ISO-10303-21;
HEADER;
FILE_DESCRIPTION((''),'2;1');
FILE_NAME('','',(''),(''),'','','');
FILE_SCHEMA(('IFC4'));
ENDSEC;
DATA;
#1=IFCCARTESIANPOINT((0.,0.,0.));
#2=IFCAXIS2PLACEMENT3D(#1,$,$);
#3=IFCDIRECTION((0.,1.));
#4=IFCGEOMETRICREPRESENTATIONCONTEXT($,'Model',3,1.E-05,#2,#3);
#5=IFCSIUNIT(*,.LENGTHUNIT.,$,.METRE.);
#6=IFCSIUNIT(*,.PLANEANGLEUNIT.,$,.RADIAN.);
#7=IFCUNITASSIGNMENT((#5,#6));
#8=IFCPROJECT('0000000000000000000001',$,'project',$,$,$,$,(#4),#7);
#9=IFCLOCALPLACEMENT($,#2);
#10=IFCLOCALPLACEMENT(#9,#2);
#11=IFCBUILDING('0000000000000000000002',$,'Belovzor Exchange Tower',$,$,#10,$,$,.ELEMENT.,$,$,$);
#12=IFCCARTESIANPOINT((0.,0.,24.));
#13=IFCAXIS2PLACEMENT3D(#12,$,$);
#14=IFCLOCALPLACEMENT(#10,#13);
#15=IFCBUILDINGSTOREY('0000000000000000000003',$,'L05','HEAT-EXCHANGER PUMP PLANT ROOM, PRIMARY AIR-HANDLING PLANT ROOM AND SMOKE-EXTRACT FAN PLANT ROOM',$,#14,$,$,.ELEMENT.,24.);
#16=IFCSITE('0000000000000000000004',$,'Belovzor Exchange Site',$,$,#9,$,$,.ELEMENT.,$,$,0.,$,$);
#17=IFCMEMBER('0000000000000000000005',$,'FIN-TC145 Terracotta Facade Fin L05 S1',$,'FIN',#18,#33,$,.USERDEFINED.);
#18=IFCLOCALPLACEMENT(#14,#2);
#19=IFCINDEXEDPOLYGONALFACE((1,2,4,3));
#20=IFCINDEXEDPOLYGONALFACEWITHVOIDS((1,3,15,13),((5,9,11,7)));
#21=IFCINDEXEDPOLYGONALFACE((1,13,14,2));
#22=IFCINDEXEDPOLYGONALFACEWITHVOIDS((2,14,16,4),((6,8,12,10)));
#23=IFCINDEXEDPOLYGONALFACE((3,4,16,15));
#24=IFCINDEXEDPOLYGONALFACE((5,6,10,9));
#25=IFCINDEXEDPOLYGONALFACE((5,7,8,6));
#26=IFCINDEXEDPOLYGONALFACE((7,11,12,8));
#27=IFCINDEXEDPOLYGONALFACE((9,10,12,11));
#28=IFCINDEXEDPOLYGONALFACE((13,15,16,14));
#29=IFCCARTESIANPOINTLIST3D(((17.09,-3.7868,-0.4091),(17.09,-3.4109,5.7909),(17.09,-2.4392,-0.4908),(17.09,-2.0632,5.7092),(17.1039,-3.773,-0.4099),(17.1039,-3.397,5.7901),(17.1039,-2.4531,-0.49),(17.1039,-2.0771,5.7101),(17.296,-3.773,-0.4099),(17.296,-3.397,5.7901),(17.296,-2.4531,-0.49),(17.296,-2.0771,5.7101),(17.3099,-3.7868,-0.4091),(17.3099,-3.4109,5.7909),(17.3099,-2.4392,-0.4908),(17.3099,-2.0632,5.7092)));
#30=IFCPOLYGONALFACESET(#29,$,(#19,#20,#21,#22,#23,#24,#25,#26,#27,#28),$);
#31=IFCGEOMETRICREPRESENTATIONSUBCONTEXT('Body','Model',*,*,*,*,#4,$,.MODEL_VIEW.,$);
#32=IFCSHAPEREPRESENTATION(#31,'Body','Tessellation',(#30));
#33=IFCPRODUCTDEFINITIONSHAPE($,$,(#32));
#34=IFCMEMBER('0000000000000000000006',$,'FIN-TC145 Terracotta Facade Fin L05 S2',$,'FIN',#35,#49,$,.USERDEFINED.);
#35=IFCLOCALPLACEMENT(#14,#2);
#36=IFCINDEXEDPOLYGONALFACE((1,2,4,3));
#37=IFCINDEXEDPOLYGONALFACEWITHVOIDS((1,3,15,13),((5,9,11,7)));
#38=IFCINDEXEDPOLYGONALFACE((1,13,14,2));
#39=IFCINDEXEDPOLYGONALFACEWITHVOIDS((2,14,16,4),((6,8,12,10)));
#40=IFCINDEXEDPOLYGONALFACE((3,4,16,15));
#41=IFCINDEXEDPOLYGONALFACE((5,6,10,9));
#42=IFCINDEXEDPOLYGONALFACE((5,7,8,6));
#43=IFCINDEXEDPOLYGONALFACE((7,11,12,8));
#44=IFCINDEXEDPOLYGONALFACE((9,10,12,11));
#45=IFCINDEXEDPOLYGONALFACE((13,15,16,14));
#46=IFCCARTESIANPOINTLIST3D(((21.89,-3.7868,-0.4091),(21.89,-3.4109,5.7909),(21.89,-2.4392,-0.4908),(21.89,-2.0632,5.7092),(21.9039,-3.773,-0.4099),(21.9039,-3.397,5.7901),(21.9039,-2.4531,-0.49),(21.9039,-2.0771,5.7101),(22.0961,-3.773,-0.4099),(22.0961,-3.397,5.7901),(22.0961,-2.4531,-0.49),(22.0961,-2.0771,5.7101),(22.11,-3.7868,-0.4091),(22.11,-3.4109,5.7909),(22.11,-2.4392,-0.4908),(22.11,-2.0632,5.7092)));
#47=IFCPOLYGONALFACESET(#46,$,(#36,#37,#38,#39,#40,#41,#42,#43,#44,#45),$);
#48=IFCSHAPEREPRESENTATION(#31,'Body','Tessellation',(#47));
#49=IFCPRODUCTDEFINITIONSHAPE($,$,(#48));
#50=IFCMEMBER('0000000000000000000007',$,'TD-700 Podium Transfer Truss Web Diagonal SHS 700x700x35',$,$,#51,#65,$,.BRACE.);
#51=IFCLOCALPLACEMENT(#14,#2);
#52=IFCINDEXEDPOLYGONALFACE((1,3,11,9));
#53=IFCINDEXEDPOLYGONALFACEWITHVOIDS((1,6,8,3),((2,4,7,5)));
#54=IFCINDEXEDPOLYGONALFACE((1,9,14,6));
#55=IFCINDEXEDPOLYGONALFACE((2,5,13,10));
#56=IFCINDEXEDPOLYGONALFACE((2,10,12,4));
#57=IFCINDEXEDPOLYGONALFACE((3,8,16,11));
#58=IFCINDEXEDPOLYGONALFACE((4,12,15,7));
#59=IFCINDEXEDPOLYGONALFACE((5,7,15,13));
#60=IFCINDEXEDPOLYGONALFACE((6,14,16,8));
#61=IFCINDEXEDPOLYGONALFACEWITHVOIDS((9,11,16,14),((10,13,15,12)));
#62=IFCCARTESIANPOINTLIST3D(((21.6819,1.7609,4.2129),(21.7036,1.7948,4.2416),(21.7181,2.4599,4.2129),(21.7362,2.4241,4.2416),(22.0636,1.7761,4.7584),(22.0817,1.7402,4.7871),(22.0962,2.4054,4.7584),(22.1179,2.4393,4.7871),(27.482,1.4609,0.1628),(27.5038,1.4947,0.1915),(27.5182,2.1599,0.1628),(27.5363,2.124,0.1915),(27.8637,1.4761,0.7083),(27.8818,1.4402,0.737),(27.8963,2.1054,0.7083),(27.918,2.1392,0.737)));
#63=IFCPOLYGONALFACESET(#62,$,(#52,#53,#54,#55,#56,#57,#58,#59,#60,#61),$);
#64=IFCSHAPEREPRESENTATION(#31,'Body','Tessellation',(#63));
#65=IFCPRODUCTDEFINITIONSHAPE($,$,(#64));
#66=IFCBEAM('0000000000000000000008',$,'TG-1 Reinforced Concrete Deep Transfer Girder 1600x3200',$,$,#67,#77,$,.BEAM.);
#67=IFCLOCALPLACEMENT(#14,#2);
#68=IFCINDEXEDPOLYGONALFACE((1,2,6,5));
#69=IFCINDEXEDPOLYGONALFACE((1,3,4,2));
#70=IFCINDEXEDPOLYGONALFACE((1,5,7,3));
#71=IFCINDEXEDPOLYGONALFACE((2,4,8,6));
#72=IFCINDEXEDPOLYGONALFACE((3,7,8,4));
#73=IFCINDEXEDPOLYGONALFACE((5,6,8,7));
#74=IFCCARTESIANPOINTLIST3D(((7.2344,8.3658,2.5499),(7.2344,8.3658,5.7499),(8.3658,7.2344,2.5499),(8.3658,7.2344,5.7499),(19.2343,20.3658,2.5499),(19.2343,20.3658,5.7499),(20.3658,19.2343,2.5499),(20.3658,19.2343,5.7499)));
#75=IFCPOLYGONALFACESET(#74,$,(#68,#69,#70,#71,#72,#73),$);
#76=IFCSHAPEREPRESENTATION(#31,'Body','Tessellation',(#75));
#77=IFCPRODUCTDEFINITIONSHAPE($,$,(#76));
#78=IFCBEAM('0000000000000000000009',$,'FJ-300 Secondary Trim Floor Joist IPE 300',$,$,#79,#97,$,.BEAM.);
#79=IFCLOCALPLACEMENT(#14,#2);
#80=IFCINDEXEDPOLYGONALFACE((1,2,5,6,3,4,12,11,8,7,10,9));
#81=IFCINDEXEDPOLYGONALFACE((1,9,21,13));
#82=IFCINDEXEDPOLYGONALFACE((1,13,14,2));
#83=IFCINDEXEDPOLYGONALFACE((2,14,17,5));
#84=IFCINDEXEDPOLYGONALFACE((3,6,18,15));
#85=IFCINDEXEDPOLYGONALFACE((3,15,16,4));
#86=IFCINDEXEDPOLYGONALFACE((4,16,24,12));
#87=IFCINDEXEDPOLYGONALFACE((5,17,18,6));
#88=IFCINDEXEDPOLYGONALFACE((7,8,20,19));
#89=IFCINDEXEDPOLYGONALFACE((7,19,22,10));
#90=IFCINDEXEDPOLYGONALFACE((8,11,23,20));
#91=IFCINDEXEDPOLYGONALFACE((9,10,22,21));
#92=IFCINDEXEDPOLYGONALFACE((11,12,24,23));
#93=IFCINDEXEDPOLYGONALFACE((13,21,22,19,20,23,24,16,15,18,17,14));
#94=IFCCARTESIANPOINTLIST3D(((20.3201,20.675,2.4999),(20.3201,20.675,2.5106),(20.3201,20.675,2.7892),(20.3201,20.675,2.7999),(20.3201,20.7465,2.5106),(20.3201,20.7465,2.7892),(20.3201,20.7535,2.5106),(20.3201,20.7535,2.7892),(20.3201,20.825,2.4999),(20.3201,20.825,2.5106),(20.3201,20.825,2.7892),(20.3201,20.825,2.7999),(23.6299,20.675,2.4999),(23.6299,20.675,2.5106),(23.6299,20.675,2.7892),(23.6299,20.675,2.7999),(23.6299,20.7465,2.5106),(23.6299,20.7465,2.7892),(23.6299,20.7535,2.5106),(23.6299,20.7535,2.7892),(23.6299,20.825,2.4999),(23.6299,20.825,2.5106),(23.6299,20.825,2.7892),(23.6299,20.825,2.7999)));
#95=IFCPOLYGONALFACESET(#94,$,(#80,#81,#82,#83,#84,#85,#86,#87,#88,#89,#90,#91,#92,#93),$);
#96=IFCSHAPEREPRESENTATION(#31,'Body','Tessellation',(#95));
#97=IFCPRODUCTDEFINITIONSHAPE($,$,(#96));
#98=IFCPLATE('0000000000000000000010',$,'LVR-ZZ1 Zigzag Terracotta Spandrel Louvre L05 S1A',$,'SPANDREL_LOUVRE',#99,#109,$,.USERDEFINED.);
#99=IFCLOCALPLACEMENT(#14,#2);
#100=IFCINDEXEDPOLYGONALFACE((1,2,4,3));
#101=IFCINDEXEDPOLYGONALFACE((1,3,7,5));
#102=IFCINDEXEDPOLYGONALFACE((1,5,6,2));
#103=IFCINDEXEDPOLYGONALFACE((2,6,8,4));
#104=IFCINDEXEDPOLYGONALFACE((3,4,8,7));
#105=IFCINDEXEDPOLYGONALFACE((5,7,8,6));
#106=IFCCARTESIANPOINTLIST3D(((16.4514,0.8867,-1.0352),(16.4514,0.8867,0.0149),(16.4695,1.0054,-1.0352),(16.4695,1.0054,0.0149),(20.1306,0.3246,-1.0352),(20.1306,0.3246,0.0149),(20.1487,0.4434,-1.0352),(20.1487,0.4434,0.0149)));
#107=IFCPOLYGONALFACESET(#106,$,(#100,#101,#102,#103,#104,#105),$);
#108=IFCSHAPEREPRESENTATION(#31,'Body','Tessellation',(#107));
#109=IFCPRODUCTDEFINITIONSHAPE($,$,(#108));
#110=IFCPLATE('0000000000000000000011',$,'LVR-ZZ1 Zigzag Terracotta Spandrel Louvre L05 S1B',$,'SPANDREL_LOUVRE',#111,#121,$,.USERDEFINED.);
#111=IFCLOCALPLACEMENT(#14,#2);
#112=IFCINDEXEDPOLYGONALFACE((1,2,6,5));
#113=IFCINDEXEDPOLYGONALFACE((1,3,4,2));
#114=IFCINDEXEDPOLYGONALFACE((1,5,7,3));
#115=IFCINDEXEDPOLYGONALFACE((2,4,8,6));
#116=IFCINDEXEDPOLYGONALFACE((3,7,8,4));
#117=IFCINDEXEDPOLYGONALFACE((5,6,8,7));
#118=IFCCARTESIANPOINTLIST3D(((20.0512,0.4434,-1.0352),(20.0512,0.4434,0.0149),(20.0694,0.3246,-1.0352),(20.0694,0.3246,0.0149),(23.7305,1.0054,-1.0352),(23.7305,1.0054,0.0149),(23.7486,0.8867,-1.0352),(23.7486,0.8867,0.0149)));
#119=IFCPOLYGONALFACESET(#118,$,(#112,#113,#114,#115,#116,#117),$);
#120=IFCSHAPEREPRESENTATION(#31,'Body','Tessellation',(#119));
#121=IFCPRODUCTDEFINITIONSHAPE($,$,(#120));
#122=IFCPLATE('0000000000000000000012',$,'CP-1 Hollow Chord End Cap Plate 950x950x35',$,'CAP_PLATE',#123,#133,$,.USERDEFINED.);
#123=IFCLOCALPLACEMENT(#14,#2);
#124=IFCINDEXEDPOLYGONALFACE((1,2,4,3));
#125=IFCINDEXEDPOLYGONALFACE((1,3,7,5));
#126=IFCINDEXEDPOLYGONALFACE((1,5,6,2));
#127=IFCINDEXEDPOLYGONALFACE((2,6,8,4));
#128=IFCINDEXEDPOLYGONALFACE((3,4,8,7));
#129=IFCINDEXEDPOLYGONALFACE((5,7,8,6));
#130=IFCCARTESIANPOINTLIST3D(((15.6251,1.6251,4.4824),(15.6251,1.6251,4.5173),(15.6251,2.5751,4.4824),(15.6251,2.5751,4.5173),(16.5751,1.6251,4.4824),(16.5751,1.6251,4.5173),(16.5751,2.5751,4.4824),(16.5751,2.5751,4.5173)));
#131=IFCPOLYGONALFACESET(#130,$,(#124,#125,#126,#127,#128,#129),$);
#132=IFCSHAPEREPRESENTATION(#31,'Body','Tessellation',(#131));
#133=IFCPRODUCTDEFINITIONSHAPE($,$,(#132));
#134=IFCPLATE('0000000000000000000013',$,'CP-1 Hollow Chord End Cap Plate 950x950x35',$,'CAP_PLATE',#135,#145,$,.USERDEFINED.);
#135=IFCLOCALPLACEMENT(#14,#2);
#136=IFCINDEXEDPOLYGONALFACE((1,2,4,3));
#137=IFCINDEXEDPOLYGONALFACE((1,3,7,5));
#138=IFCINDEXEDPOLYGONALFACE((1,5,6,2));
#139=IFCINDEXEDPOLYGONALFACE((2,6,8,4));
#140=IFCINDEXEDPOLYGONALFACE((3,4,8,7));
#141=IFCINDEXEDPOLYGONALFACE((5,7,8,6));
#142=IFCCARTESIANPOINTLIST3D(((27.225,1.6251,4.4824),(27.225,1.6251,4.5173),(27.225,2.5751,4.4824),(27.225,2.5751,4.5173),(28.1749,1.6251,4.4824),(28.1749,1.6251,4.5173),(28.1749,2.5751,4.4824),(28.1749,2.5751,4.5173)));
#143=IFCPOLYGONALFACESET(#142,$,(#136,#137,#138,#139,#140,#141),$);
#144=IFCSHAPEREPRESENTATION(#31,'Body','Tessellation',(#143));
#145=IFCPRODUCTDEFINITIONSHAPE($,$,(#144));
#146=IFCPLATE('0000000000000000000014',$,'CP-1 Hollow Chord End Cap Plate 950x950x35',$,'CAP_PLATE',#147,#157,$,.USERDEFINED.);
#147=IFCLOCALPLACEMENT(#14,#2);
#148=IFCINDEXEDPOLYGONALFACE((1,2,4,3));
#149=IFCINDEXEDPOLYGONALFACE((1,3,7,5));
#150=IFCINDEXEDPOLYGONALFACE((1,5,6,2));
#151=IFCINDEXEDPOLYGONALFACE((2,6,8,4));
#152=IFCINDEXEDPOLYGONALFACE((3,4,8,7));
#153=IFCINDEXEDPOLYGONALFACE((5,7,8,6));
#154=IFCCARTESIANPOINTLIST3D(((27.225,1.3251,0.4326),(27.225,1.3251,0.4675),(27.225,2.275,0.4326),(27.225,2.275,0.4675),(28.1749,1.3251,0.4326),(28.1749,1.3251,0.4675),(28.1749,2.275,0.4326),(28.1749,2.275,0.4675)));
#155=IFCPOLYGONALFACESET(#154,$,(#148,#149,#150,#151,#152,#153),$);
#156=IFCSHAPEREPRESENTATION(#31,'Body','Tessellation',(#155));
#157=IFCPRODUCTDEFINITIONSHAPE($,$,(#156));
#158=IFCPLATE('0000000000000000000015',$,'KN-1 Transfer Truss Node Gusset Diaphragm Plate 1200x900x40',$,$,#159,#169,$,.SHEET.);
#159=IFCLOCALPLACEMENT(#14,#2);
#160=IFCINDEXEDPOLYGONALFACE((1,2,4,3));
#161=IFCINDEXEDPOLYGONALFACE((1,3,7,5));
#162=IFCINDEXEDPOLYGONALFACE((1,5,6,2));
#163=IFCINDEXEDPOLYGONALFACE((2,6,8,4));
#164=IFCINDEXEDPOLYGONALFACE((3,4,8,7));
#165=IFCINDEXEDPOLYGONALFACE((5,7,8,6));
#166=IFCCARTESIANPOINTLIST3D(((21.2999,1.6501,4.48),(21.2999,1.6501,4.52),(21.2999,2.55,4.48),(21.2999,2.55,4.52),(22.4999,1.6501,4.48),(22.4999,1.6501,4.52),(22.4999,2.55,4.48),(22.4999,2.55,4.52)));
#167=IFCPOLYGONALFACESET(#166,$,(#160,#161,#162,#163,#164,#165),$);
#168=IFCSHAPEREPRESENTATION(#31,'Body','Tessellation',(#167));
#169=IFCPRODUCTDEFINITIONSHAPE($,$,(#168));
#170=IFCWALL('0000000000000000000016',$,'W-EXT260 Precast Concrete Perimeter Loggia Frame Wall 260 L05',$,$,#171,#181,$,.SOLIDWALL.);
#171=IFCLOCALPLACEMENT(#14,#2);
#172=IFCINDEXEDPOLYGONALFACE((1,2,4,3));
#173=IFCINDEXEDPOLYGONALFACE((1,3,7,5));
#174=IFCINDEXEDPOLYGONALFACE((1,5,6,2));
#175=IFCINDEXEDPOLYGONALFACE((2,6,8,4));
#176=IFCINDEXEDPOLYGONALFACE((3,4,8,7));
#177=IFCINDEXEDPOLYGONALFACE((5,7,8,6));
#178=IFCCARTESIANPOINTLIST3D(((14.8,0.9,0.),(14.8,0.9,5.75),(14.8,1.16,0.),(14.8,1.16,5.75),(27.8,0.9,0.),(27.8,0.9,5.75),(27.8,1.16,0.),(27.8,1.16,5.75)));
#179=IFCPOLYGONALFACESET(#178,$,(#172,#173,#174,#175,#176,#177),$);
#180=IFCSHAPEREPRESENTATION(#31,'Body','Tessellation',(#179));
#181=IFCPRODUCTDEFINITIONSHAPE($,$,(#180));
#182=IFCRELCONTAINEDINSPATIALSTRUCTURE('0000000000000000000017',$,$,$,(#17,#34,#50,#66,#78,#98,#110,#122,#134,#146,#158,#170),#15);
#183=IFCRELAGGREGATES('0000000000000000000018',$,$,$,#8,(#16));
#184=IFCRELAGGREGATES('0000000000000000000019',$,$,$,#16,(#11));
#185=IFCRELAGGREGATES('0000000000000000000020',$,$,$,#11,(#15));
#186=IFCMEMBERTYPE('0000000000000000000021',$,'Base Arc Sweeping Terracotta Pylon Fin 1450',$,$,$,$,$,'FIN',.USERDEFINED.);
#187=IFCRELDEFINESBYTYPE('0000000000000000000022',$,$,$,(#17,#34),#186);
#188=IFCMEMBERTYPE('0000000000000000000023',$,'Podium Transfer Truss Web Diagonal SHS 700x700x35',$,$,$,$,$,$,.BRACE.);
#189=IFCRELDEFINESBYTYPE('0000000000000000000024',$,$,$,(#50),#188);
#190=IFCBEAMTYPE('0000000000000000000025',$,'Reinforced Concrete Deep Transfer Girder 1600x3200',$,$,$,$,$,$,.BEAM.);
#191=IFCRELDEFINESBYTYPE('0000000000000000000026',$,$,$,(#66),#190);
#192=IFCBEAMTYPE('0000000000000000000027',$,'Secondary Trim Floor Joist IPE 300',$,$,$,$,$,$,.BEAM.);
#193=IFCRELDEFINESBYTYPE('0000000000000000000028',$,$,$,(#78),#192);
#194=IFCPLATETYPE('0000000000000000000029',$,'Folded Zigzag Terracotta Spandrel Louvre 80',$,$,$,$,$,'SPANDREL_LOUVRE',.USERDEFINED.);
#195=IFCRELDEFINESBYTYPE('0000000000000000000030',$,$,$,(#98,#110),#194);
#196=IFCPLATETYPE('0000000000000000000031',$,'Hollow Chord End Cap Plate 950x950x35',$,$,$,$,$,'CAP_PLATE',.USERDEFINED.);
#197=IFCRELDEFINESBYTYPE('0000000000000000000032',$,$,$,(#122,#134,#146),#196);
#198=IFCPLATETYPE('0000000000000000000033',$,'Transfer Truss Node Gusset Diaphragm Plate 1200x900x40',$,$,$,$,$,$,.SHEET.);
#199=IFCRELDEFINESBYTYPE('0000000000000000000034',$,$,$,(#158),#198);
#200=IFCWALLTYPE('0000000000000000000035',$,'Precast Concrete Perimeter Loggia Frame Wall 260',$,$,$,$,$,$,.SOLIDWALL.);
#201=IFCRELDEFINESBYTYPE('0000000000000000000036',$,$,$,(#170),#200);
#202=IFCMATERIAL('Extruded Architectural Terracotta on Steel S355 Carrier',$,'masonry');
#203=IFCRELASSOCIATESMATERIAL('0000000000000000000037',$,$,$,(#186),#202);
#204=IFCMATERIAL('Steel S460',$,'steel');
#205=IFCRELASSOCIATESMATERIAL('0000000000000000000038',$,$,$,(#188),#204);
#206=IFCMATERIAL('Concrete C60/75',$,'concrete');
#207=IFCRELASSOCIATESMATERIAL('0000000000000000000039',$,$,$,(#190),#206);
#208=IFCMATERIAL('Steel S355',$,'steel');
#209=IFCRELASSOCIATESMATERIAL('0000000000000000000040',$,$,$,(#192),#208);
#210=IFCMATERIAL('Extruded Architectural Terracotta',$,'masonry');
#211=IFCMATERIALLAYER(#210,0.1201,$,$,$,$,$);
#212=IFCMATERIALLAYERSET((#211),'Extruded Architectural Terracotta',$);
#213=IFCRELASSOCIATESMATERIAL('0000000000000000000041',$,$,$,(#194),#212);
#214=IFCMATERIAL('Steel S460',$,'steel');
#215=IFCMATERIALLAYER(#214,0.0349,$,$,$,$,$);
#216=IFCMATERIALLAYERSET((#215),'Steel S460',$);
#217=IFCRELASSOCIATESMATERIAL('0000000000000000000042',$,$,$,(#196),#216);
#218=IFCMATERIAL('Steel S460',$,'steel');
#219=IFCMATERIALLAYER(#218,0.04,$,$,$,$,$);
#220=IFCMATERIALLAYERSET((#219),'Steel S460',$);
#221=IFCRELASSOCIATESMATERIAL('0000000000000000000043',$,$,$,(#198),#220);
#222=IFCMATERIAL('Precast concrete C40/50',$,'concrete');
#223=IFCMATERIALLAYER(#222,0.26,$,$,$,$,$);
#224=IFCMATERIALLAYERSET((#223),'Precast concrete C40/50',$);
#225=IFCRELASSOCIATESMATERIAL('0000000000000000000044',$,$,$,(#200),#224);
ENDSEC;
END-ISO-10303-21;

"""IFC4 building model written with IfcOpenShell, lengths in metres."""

from ifc_helpers import new_model, si_unit, direction, frame, frame_2d, origin, origin_2d, place, context, subcontext, project, spatial, rectangle, hollow_rectangle, i_section, extrude, material, layer, layer_set, material_profile, profile_set, type_object, element, save


model = new_model("IFC4")

# Units and contexts
model_context = context("Model", 3, precision=1e-05, world=origin(), true_north=direction((0.0, 1.0)))
body_context = subcontext(model_context, "Body", "Model", "MODEL_VIEW")
ifc_project = project(units=[si_unit("LENGTHUNIT", "METRE"), si_unit("PLANEANGLEUNIT", "RADIAN")], contexts=[model_context])

# Site, building, storey
site_placement = place(None, origin())
site = spatial("IfcSite", under=ifc_project, at=site_placement, Name="Belovzor Exchange Site", CompositionType="ELEMENT", RefElevation=0.0)
building_placement = place(site_placement, origin())
building = spatial("IfcBuilding", under=site, at=building_placement, Name="Belovzor Exchange Tower", CompositionType="ELEMENT")
storey_placement = place(building_placement, frame((0.0, 0.0, 24.0)))
storey = spatial("IfcBuildingStorey", under=building, at=storey_placement, Name="L05", Description="HEAT-EXCHANGER PUMP PLANT ROOM, PRIMARY AIR-HANDLING PLANT ROOM AND SMOKE-EXTRACT FAN PLANT ROOM", CompositionType="ELEMENT", Elevation=24.0)

# Members
ifc_material_1 = material(Name="Extruded Architectural Terracotta on Steel S355 Carrier", Category="masonry")
ifc_material_profile_1 = material_profile(ifc_material_1, hollow_rectangle(XDim=0.22, YDim=1.3501, WallThickness=0.0139, at=origin_2d()))
ifc_profile_set_1 = profile_set([ifc_material_profile_1], Name="Extruded Architectural Terracotta on Steel S355 Carrier")
member_type_1 = type_object("IfcMemberType", Name="Base Arc Sweeping Terracotta Pylon Fin 1450", ElementType="FIN", PredefinedType="USERDEFINED", material=ifc_profile_set_1)
for number, where, z_axis, x_axis, name in (
    (1, (17.2, -3.113, -0.45), (0.0, 0.060531, 0.998166), (-1.0, 0.0, 0.0), "FIN-TC145 Terracotta Facade Fin L05 S1"),
    (2, (22.0, -3.113, -0.45), (0.0, 0.060531, 0.998166), (-1.0, 0.0, 0.0), "FIN-TC145 Terracotta Facade Fin L05 S2"),
):
    element("IfcMember", number, at=place(storey_placement, frame(where, z_axis=z_axis, x_axis=x_axis)), inside=storey, type_object=member_type_1, Name=name, ObjectType="FIN", PredefinedType="USERDEFINED", context=body_context, shape_type="SweptSolid", body=[
        extrude(hollow_rectangle(XDim=0.22, YDim=1.3501, WallThickness=0.0139, at=origin_2d()), origin(), (0.0, 0.0, 1.0), 6.2114),
    ])
ifc_material_2 = material(Name="Steel S460", Category="steel")
ifc_material_profile_2 = material_profile(ifc_material_2, hollow_rectangle(XDim=0.7, YDim=0.7, WallThickness=0.0349, at=origin_2d()))
ifc_profile_set_2 = profile_set([ifc_material_profile_2], Name="Steel S460")
member_type_2 = type_object("IfcMemberType", Name="Podium Transfer Truss Web Diagonal SHS 700x700x35", PredefinedType="BRACE", material=ifc_profile_set_2)
member_placement = place(storey_placement, frame((21.8999, 2.1001, 4.5), z_axis=(0.819158, -0.042377, -0.572), x_axis=(0.051663, 0.998665, 0.0)))
element("IfcMember", 3, at=member_placement, inside=storey, type_object=member_type_2, Name="TD-700 Podium Transfer Truss Web Diagonal SHS 700x700x35", PredefinedType="BRACE", context=body_context, shape_type="SweptSolid", body=[
    extrude(hollow_rectangle(XDim=0.7, YDim=0.7, WallThickness=0.0349, at=origin_2d()), origin(), (0.0, 0.0, 1.0), 7.0806),
])

# Beams
ifc_material_3 = material(Name="Concrete C60/75", Category="concrete")
ifc_material_profile_3 = material_profile(ifc_material_3, rectangle(XDim=1.6001, YDim=3.2, at=origin_2d()))
ifc_profile_set_3 = profile_set([ifc_material_profile_3], Name="Concrete C60/75")
beam_type_1 = type_object("IfcBeamType", Name="Reinforced Concrete Deep Transfer Girder 1600x3200", PredefinedType="BEAM", material=ifc_profile_set_3)
beam_1_placement = place(storey_placement, frame((19.8, 19.8, 4.1499), z_axis=(-0.707107, -0.707107, 0.0), x_axis=(0.707107, -0.707107, 0.0)))
element("IfcBeam", 4, at=beam_1_placement, inside=storey, type_object=beam_type_1, Name="TG-1 Reinforced Concrete Deep Transfer Girder 1600x3200", PredefinedType="BEAM", context=body_context, shape_type="SweptSolid", body=[
    extrude(rectangle(XDim=1.6001, YDim=3.2, at=origin_2d()), origin(), (0.0, 0.0, 1.0), 16.9705),
])
ifc_material_4 = material(Name="Steel S355", Category="steel")
ifc_material_profile_4 = material_profile(ifc_material_4, i_section(OverallWidth=0.1499, OverallDepth=0.3, WebThickness=0.0071, FlangeThickness=0.0107, at=origin_2d()))
ifc_profile_set_4 = profile_set([ifc_material_profile_4], Name="Steel S355")
beam_type_2 = type_object("IfcBeamType", Name="Secondary Trim Floor Joist IPE 300", PredefinedType="BEAM", material=ifc_profile_set_4)
beam_2_placement = place(storey_placement, frame((20.3201, 20.75, 2.6499), z_axis=(1.0, 0.0, 0.0), x_axis=(0.0, 1.0, 0.0)))
element("IfcBeam", 5, at=beam_2_placement, inside=storey, type_object=beam_type_2, Name="FJ-300 Secondary Trim Floor Joist IPE 300", PredefinedType="BEAM", context=body_context, shape_type="SweptSolid", body=[
    extrude(i_section(OverallWidth=0.1499, OverallDepth=0.3, WebThickness=0.0071, FlangeThickness=0.0107, at=origin_2d()), origin(), (0.0, 0.0, 1.0), 3.3098),
])

# Plates
ifc_material_5 = material(Name="Extruded Architectural Terracotta", Category="masonry")
ifc_layer_1 = layer(ifc_material_5, 0.1201)
ifc_layer_set_1 = layer_set([ifc_layer_1], Name="Extruded Architectural Terracotta")
plate_type_1 = type_object("IfcPlateType", Name="Folded Zigzag Terracotta Spandrel Louvre 80", ElementType="SPANDREL_LOUVRE", PredefinedType="USERDEFINED", material=ifc_layer_set_1)
for number, where, z_axis, x_axis, name in (
    (6, (18.3, 0.665, -1.0352), (0.0, 0.0, 1.0), (0.988531, -0.151019, 0.0), "LVR-ZZ1 Zigzag Terracotta Spandrel Louvre L05 S1A"),
    (7, (21.8999, 0.665, -1.0352), (0.0, 0.0, 1.0), (0.988531, 0.151019, 0.0), "LVR-ZZ1 Zigzag Terracotta Spandrel Louvre L05 S1B"),
):
    element("IfcPlate", number, at=place(storey_placement, frame(where, z_axis=z_axis, x_axis=x_axis)), inside=storey, type_object=plate_type_1, Name=name, ObjectType="SPANDREL_LOUVRE", PredefinedType="USERDEFINED", context=body_context, shape_type="SweptSolid", body=[
        extrude(rectangle(XDim=3.7219, YDim=0.1201, at=origin_2d()), origin(), (0.0, 0.0, 1.0), 1.05),
    ])
ifc_material_6 = material(Name="Steel S460", Category="steel")
ifc_layer_2 = layer(ifc_material_6, 0.0349)
ifc_layer_set_2 = layer_set([ifc_layer_2], Name="Steel S460")
plate_type_2 = type_object("IfcPlateType", Name="Hollow Chord End Cap Plate 950x950x35", ElementType="CAP_PLATE", PredefinedType="USERDEFINED", material=ifc_layer_set_2)
for number, where, z_axis, x_axis, name in (
    (8, (16.1001, 2.1001, 4.4824), (0.0, 0.0, 1.0), (1.0, 0.0, 0.0), "CP-1 Hollow Chord End Cap Plate 950x950x35"),
    (9, (27.7, 2.1001, 4.4824), (0.0, 0.0, 1.0), (1.0, 0.0, 0.0), "CP-1 Hollow Chord End Cap Plate 950x950x35"),
    (10, (27.7, 1.8, 0.4326), (0.0, 0.0, 1.0), (1.0, 0.0, 0.0), "CP-1 Hollow Chord End Cap Plate 950x950x35"),
):
    element("IfcPlate", number, at=place(storey_placement, frame(where, z_axis=z_axis, x_axis=x_axis)), inside=storey, type_object=plate_type_2, Name=name, ObjectType="CAP_PLATE", PredefinedType="USERDEFINED", context=body_context, shape_type="SweptSolid", body=[
        extrude(rectangle(XDim=0.95, YDim=0.95, at=origin_2d()), origin(), (0.0, 0.0, 1.0), 0.0349),
    ])
ifc_material_7 = material(Name="Steel S460", Category="steel")
ifc_layer_3 = layer(ifc_material_7, 0.04)
ifc_layer_set_3 = layer_set([ifc_layer_3], Name="Steel S460")
plate_type_3 = type_object("IfcPlateType", Name="Transfer Truss Node Gusset Diaphragm Plate 1200x900x40", PredefinedType="SHEET", material=ifc_layer_set_3)
plate_placement = place(storey_placement, frame((21.8999, 2.1001, 4.48), z_axis=(0.0, 0.0, 1.0), x_axis=(1.0, 0.0, 0.0)))
element("IfcPlate", 11, at=plate_placement, inside=storey, type_object=plate_type_3, Name="KN-1 Transfer Truss Node Gusset Diaphragm Plate 1200x900x40", PredefinedType="SHEET", context=body_context, shape_type="SweptSolid", body=[
    extrude(rectangle(XDim=1.2, YDim=0.8999, at=origin_2d()), origin(), (0.0, 0.0, 1.0), 0.04),
])

# Wall
ifc_material_8 = material(Name="Precast concrete C40/50", Category="concrete")
ifc_layer_4 = layer(ifc_material_8, 0.26)
ifc_layer_set_4 = layer_set([ifc_layer_4], Name="Precast concrete C40/50")
wall_type_1 = type_object("IfcWallType", Name="Precast Concrete Perimeter Loggia Frame Wall 260", PredefinedType="SOLIDWALL", material=ifc_layer_set_4)
wall_1_placement = place(storey_placement, frame((27.8, 1.03, 0.0), z_axis=(0.0, 0.0, 1.0), x_axis=(-1.0, 0.0, 0.0)))
element("IfcWall", 12, at=wall_1_placement, inside=storey, type_object=wall_type_1, Name="W-EXT260 Precast Concrete Perimeter Loggia Frame Wall 260 L05", PredefinedType="SOLIDWALL", context=body_context, shape_type="SweptSolid", body=[
    extrude(rectangle(XDim=13.0, YDim=0.26, at=frame_2d((6.5, 0.0))), origin(), (0.0, 0.0, 1.0), 5.75),
])

save(model, "model.ifc")
